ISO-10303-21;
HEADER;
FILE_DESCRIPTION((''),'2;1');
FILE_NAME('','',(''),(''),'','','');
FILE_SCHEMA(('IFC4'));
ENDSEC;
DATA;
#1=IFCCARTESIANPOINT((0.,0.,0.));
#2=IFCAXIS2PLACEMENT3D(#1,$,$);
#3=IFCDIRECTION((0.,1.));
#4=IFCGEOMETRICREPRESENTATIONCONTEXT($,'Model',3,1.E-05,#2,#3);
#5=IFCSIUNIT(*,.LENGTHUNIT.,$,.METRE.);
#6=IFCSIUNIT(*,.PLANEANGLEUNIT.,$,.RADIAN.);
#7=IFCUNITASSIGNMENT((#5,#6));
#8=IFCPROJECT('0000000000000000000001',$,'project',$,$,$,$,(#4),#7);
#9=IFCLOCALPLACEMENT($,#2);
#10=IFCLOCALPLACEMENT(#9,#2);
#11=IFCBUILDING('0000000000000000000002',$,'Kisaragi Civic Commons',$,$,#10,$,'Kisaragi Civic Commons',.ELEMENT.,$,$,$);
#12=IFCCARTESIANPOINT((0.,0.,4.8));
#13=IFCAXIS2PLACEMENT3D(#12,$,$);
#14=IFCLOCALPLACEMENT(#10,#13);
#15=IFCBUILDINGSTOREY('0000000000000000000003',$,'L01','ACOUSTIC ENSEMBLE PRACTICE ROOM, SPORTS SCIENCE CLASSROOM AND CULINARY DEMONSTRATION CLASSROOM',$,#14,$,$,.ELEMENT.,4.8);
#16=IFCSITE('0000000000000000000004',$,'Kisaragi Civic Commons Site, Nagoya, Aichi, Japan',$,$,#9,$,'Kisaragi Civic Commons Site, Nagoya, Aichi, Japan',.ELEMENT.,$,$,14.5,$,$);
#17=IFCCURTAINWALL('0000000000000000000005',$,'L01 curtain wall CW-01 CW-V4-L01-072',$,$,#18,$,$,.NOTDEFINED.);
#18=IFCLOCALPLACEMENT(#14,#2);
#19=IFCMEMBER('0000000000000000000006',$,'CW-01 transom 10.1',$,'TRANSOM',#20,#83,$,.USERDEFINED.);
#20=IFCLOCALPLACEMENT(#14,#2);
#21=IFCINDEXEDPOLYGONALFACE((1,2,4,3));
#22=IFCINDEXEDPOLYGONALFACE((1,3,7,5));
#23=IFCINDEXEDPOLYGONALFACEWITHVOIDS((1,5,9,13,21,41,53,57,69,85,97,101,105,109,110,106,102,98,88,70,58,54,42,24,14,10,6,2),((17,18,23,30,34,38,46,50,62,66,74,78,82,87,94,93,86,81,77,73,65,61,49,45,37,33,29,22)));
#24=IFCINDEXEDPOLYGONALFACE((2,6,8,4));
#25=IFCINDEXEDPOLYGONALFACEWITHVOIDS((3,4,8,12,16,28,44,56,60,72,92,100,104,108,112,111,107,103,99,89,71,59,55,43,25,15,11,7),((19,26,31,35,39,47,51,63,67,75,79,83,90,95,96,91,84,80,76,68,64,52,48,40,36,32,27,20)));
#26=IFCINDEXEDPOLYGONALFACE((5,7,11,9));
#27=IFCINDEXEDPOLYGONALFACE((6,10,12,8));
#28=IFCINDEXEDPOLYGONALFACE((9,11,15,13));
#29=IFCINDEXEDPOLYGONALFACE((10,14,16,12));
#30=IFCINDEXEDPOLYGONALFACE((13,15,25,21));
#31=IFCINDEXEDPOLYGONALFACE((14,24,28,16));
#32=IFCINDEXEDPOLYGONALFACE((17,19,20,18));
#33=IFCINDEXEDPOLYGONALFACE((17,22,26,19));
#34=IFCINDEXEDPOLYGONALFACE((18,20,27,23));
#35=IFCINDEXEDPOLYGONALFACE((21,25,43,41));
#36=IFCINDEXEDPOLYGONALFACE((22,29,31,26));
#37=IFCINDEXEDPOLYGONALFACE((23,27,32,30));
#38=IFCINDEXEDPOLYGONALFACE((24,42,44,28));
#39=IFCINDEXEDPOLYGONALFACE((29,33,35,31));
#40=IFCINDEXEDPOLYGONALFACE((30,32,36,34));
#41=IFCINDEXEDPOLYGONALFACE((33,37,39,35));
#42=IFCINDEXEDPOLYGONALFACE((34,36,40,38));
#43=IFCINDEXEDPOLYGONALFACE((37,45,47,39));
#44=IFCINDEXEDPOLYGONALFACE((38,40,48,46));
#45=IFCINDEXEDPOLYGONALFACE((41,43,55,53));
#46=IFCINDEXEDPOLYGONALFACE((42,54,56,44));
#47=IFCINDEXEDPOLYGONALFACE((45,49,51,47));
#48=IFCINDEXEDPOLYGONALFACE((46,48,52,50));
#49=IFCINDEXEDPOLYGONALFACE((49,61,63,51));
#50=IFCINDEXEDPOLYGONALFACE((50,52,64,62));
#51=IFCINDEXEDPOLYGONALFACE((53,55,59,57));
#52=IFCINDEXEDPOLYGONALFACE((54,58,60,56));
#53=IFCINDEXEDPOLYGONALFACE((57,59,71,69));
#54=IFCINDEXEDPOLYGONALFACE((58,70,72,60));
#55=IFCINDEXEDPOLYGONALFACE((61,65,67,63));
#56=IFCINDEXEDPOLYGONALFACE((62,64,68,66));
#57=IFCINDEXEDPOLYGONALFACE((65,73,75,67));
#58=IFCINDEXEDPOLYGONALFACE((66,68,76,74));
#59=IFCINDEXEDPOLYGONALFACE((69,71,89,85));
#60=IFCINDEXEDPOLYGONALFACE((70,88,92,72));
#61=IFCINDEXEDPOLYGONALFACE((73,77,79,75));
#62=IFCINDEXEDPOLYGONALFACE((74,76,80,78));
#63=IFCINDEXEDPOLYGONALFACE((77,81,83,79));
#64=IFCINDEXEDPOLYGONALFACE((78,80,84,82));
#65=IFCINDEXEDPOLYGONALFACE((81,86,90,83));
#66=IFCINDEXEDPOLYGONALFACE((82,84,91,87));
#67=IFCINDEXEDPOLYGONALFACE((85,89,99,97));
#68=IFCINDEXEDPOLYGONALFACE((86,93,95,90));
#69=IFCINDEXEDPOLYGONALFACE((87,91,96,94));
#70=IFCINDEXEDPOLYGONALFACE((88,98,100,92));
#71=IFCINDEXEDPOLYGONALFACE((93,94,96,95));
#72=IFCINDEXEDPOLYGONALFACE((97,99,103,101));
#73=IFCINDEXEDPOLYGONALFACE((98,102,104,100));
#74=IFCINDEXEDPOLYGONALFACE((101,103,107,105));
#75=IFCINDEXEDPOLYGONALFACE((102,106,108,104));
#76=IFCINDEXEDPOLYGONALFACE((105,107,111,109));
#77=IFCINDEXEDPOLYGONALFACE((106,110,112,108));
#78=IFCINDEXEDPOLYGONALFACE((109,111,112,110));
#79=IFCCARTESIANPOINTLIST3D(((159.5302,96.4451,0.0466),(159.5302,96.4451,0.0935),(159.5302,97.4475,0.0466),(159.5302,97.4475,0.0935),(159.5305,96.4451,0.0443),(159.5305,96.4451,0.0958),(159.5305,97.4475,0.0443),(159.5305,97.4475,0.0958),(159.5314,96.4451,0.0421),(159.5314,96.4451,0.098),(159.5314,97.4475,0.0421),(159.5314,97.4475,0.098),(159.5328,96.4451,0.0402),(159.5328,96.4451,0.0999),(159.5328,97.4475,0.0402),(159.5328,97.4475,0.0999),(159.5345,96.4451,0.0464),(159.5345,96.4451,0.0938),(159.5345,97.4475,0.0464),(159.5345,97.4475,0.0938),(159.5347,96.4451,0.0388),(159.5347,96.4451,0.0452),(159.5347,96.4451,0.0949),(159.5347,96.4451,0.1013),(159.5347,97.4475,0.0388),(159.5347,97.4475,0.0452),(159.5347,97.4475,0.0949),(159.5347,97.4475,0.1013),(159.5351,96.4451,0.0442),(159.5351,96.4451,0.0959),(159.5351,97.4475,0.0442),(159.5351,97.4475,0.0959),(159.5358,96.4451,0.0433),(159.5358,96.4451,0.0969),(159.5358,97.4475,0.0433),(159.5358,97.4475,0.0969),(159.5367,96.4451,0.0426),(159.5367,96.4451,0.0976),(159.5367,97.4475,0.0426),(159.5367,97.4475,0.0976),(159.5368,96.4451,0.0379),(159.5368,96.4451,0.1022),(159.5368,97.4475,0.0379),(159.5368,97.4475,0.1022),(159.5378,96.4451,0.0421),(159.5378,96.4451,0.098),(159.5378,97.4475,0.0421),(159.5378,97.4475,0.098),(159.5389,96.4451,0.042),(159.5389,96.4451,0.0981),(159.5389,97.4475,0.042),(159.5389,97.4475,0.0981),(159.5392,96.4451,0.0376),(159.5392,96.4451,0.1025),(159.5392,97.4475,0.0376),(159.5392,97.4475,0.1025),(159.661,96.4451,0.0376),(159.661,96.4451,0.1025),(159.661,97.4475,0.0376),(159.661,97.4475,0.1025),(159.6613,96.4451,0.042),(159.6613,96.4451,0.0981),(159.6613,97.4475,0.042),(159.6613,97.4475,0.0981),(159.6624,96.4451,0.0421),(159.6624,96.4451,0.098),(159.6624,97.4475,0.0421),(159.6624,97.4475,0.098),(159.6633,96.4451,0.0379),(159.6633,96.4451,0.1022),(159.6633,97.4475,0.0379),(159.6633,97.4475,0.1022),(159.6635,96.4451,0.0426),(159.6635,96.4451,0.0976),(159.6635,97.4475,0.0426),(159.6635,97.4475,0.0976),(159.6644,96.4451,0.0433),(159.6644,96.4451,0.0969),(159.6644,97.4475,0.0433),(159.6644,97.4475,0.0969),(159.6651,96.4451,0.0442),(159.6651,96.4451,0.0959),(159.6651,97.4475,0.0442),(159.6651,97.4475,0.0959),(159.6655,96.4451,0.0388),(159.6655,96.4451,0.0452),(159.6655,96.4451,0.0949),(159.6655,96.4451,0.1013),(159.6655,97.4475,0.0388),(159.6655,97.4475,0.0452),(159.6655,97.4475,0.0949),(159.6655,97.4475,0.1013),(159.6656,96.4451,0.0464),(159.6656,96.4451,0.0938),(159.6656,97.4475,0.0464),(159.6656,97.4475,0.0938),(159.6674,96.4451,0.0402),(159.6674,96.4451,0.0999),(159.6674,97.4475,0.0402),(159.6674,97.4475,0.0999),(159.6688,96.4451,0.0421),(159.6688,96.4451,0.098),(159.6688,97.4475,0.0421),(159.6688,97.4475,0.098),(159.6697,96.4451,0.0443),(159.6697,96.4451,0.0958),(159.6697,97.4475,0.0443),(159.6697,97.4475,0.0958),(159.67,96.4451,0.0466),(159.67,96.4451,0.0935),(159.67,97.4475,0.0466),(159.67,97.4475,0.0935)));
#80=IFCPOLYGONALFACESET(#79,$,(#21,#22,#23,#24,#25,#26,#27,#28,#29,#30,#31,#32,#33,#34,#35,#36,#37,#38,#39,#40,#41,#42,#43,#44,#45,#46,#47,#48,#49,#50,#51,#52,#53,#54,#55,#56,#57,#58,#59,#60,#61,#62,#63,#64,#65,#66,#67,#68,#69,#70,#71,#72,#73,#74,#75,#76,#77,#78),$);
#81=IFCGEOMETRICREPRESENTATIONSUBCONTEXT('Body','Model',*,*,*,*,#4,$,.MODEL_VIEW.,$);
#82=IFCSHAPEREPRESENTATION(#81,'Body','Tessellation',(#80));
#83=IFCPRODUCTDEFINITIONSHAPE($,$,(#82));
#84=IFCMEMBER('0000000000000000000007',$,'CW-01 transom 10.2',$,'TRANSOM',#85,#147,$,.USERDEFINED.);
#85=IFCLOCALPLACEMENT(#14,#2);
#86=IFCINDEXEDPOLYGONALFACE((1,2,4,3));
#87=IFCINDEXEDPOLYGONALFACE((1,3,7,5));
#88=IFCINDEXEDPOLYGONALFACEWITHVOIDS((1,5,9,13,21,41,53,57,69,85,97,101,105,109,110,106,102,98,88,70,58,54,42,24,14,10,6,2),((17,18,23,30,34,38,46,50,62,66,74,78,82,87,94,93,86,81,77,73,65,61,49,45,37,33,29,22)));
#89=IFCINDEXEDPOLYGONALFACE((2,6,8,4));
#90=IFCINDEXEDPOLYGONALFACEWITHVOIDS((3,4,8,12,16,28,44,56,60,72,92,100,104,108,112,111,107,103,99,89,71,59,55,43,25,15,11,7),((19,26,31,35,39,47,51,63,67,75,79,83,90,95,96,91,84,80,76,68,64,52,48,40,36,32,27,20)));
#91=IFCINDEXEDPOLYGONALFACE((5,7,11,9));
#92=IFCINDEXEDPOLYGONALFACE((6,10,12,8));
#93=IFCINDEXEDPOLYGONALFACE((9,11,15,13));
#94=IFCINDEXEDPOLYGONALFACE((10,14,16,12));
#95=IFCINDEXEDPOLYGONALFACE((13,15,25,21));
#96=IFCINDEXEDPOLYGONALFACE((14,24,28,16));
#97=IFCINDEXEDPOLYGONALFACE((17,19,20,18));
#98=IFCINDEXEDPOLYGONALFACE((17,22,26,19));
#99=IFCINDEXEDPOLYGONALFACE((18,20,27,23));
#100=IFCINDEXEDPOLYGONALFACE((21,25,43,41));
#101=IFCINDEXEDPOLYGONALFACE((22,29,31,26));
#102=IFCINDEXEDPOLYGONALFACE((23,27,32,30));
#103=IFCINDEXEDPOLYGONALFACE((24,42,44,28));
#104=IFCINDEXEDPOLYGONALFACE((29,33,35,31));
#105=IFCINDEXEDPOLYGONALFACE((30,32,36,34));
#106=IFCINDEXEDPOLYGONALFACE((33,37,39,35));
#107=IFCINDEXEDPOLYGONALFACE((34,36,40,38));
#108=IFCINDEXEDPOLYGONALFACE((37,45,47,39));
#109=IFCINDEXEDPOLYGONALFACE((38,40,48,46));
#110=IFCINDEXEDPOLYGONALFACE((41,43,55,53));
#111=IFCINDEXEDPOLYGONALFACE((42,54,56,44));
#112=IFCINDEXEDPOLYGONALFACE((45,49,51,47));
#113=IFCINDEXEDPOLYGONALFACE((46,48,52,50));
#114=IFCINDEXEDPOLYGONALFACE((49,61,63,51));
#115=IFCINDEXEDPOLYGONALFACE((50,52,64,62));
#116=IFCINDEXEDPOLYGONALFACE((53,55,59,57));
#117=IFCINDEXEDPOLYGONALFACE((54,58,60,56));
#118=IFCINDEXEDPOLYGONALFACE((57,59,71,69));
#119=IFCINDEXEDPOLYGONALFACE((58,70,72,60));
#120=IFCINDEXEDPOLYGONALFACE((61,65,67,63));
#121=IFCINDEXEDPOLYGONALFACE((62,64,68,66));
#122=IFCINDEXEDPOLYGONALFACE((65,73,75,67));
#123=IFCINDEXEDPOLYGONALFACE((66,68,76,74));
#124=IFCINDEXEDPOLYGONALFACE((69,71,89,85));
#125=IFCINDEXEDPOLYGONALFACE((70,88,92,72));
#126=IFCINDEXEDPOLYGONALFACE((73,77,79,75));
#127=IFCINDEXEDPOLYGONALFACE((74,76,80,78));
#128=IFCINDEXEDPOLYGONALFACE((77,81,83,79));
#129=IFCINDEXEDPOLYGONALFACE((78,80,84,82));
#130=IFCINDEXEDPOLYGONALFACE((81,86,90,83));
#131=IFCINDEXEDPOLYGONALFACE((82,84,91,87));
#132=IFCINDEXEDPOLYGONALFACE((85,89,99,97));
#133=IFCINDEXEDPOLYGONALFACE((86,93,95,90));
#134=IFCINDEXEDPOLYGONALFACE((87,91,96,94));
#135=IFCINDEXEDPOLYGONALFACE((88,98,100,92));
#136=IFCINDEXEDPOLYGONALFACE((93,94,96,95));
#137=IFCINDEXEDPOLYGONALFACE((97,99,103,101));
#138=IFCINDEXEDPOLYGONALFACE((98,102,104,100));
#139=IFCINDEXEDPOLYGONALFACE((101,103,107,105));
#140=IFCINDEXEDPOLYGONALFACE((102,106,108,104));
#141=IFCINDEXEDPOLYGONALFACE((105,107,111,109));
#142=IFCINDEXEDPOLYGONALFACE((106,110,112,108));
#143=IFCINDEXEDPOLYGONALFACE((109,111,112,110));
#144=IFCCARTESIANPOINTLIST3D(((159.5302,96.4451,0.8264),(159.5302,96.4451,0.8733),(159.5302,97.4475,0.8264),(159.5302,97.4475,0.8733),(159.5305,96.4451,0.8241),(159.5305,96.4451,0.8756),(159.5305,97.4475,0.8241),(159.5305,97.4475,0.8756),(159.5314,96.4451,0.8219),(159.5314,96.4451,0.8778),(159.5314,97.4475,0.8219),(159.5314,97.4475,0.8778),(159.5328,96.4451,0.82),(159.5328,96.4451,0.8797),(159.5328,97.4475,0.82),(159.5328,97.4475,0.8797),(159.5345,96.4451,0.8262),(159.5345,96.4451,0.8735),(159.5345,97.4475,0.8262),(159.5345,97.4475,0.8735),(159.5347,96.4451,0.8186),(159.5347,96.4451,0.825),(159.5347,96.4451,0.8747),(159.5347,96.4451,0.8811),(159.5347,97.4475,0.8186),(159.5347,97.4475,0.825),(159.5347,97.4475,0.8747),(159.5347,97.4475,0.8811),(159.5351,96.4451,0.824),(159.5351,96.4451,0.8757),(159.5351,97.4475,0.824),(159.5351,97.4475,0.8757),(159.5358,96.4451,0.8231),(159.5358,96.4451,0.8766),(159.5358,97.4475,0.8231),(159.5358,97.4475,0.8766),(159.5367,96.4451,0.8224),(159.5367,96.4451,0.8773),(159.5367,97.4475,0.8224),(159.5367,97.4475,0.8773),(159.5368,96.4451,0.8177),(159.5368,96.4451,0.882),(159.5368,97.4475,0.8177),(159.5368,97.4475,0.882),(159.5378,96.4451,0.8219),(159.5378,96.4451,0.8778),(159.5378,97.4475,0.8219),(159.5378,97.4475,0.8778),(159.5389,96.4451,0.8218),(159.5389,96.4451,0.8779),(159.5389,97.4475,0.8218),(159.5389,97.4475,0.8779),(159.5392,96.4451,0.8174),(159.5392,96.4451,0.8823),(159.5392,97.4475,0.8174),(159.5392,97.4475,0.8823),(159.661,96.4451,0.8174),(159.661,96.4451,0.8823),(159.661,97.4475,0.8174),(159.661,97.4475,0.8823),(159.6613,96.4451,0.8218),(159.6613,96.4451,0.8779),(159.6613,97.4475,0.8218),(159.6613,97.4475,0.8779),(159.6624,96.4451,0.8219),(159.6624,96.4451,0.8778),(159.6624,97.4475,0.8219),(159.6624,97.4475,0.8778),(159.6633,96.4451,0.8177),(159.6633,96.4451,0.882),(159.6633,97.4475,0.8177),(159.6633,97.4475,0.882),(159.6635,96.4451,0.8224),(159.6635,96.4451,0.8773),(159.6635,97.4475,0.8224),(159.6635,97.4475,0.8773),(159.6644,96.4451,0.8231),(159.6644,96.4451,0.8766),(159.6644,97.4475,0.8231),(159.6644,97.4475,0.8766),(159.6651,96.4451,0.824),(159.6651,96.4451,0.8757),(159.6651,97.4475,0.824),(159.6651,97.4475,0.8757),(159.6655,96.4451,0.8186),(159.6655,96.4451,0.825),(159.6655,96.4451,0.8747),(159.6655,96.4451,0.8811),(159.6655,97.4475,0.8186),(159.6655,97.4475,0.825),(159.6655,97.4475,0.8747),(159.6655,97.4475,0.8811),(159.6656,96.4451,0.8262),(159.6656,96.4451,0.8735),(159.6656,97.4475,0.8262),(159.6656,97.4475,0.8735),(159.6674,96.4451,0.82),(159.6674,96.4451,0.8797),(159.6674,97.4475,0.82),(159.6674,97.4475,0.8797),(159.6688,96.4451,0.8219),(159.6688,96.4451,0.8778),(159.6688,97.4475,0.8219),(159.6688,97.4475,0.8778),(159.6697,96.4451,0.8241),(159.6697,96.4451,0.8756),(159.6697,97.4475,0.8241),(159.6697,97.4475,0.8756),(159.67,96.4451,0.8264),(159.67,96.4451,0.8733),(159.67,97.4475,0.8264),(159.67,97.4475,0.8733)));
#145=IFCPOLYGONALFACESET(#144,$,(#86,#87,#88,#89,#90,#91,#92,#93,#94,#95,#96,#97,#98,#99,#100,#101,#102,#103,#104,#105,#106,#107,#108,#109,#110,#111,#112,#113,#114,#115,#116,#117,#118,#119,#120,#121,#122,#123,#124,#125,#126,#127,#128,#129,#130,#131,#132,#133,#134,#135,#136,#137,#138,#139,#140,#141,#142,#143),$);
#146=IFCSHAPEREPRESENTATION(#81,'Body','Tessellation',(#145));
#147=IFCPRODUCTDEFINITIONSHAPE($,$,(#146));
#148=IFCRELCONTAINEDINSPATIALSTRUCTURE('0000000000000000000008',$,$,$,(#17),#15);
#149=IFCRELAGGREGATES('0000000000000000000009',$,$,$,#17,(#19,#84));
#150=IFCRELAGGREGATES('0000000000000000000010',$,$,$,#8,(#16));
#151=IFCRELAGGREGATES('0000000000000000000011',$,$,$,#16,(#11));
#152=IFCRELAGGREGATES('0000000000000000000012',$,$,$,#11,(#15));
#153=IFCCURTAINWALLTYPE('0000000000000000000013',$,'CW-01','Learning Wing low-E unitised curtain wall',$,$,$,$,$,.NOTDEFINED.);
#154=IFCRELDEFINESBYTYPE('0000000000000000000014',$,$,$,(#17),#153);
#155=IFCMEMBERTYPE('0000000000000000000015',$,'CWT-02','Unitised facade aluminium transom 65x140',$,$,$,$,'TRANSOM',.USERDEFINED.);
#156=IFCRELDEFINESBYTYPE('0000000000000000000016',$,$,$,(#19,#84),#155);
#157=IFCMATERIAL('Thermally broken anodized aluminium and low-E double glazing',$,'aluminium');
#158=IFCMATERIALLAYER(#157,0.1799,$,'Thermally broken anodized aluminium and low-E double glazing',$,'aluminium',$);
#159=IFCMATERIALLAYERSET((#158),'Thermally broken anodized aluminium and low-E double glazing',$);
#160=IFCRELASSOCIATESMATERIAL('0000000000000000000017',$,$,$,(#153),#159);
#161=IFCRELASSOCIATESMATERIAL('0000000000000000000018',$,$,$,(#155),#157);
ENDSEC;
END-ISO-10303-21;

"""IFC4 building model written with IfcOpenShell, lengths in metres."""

from ifc_helpers import new_model, si_unit, direction, frame, origin, origin_2d, place, context, subcontext, project, spatial, hollow_rectangle, extrude, material, layer, layer_set, material_profile, profile_set, type_object, element, aggregate, save


model = new_model("IFC4")

# Units and contexts
model_context = context("Model", 3, precision=1e-05, world=origin(), true_north=direction((0.0, 1.0)))
body_context = subcontext(model_context, "Body", "Model", "MODEL_VIEW")
ifc_project = project(units=[si_unit("LENGTHUNIT", "METRE"), si_unit("PLANEANGLEUNIT", "RADIAN")], contexts=[model_context])

# Site, building, storey
site_placement = place(None, origin())
site = spatial("IfcSite", under=ifc_project, at=site_placement, Name="Kisaragi Civic Commons Site, Nagoya, Aichi, Japan", LongName="Kisaragi Civic Commons Site, Nagoya, Aichi, Japan", CompositionType="ELEMENT", RefElevation=14.5)
building_placement = place(site_placement, origin())
building = spatial("IfcBuilding", under=site, at=building_placement, Name="Kisaragi Civic Commons", LongName="Kisaragi Civic Commons", CompositionType="ELEMENT")
storey_placement = place(building_placement, frame((0.0, 0.0, 4.8)))
storey = spatial("IfcBuildingStorey", under=building, at=storey_placement, Name="L01", Description="ACOUSTIC ENSEMBLE PRACTICE ROOM, SPORTS SCIENCE CLASSROOM AND CULINARY DEMONSTRATION CLASSROOM", CompositionType="ELEMENT", Elevation=4.8)

# Curtain wall, members
ifc_material = material(Name="Thermally broken anodized aluminium and low-E double glazing", Category="aluminium")
ifc_layer_1 = layer(ifc_material, 0.1799, Name="Thermally broken anodized aluminium and low-E double glazing", Category="aluminium")
ifc_layer_set_1 = layer_set([ifc_layer_1], Name="Thermally broken anodized aluminium and low-E double glazing")
curtain_wall_type = type_object("IfcCurtainWallType", Name="CW-01", Description="Learning Wing low-E unitised curtain wall", PredefinedType="NOTDEFINED", material=ifc_layer_set_1)
curtain_wall_placement = place(storey_placement, origin())
curtain_wall = element("IfcCurtainWall", 1, at=curtain_wall_placement, inside=storey, type_object=curtain_wall_type, Name="L01 curtain wall CW-01 CW-V4-L01-072", PredefinedType="NOTDEFINED")
ifc_material_profile_1 = material_profile(ifc_material, hollow_rectangle(XDim=0.1399, YDim=0.0649, WallThickness=0.0044, InnerFilletRadius=0.0044, OuterFilletRadius=0.009, at=origin_2d()), Name="CWT-65x140x4.5", Category="aluminium")
ifc_profile_set_1 = profile_set([ifc_material_profile_1], Name="Thermally broken anodized aluminium and low-E double glazing")
member_type_1 = type_object("IfcMemberType", Name="CWT-02", Description="Unitised facade aluminium transom 65x140", ElementType="TRANSOM", PredefinedType="USERDEFINED", material=ifc_profile_set_1)
member_1_placement = place(storey_placement, frame((159.6001, 97.4475, 0.0701), z_axis=(0.0, -1.0, 0.0), x_axis=(1.0, 0.0, 0.0)))
member_1 = element("IfcMember", 2, at=member_1_placement, type_object=member_type_1, Name="CW-01 transom 10.1", ObjectType="TRANSOM", PredefinedType="USERDEFINED", context=body_context, shape_type="SweptSolid", body=[
    extrude(hollow_rectangle(XDim=0.1399, YDim=0.0649, WallThickness=0.0044, InnerFilletRadius=0.0044, OuterFilletRadius=0.009, at=origin_2d()), origin(), (0.0, 0.0, 1.0), 1.0024),
])
member_2_placement = place(storey_placement, frame((159.6001, 97.4475, 0.8499), z_axis=(0.0, -1.0, 0.0), x_axis=(1.0, 0.0, 0.0)))
member_2 = element("IfcMember", 3, at=member_2_placement, type_object=member_type_1, Name="CW-01 transom 10.2", ObjectType="TRANSOM", PredefinedType="USERDEFINED", context=body_context, shape_type="SweptSolid", body=[
    extrude(hollow_rectangle(XDim=0.1399, YDim=0.0649, WallThickness=0.0044, InnerFilletRadius=0.0044, OuterFilletRadius=0.009, at=origin_2d()), origin(), (0.0, 0.0, 1.0), 1.0024),
])
aggregate(curtain_wall, [member_1, member_2])

save(model, "model.ifc")
